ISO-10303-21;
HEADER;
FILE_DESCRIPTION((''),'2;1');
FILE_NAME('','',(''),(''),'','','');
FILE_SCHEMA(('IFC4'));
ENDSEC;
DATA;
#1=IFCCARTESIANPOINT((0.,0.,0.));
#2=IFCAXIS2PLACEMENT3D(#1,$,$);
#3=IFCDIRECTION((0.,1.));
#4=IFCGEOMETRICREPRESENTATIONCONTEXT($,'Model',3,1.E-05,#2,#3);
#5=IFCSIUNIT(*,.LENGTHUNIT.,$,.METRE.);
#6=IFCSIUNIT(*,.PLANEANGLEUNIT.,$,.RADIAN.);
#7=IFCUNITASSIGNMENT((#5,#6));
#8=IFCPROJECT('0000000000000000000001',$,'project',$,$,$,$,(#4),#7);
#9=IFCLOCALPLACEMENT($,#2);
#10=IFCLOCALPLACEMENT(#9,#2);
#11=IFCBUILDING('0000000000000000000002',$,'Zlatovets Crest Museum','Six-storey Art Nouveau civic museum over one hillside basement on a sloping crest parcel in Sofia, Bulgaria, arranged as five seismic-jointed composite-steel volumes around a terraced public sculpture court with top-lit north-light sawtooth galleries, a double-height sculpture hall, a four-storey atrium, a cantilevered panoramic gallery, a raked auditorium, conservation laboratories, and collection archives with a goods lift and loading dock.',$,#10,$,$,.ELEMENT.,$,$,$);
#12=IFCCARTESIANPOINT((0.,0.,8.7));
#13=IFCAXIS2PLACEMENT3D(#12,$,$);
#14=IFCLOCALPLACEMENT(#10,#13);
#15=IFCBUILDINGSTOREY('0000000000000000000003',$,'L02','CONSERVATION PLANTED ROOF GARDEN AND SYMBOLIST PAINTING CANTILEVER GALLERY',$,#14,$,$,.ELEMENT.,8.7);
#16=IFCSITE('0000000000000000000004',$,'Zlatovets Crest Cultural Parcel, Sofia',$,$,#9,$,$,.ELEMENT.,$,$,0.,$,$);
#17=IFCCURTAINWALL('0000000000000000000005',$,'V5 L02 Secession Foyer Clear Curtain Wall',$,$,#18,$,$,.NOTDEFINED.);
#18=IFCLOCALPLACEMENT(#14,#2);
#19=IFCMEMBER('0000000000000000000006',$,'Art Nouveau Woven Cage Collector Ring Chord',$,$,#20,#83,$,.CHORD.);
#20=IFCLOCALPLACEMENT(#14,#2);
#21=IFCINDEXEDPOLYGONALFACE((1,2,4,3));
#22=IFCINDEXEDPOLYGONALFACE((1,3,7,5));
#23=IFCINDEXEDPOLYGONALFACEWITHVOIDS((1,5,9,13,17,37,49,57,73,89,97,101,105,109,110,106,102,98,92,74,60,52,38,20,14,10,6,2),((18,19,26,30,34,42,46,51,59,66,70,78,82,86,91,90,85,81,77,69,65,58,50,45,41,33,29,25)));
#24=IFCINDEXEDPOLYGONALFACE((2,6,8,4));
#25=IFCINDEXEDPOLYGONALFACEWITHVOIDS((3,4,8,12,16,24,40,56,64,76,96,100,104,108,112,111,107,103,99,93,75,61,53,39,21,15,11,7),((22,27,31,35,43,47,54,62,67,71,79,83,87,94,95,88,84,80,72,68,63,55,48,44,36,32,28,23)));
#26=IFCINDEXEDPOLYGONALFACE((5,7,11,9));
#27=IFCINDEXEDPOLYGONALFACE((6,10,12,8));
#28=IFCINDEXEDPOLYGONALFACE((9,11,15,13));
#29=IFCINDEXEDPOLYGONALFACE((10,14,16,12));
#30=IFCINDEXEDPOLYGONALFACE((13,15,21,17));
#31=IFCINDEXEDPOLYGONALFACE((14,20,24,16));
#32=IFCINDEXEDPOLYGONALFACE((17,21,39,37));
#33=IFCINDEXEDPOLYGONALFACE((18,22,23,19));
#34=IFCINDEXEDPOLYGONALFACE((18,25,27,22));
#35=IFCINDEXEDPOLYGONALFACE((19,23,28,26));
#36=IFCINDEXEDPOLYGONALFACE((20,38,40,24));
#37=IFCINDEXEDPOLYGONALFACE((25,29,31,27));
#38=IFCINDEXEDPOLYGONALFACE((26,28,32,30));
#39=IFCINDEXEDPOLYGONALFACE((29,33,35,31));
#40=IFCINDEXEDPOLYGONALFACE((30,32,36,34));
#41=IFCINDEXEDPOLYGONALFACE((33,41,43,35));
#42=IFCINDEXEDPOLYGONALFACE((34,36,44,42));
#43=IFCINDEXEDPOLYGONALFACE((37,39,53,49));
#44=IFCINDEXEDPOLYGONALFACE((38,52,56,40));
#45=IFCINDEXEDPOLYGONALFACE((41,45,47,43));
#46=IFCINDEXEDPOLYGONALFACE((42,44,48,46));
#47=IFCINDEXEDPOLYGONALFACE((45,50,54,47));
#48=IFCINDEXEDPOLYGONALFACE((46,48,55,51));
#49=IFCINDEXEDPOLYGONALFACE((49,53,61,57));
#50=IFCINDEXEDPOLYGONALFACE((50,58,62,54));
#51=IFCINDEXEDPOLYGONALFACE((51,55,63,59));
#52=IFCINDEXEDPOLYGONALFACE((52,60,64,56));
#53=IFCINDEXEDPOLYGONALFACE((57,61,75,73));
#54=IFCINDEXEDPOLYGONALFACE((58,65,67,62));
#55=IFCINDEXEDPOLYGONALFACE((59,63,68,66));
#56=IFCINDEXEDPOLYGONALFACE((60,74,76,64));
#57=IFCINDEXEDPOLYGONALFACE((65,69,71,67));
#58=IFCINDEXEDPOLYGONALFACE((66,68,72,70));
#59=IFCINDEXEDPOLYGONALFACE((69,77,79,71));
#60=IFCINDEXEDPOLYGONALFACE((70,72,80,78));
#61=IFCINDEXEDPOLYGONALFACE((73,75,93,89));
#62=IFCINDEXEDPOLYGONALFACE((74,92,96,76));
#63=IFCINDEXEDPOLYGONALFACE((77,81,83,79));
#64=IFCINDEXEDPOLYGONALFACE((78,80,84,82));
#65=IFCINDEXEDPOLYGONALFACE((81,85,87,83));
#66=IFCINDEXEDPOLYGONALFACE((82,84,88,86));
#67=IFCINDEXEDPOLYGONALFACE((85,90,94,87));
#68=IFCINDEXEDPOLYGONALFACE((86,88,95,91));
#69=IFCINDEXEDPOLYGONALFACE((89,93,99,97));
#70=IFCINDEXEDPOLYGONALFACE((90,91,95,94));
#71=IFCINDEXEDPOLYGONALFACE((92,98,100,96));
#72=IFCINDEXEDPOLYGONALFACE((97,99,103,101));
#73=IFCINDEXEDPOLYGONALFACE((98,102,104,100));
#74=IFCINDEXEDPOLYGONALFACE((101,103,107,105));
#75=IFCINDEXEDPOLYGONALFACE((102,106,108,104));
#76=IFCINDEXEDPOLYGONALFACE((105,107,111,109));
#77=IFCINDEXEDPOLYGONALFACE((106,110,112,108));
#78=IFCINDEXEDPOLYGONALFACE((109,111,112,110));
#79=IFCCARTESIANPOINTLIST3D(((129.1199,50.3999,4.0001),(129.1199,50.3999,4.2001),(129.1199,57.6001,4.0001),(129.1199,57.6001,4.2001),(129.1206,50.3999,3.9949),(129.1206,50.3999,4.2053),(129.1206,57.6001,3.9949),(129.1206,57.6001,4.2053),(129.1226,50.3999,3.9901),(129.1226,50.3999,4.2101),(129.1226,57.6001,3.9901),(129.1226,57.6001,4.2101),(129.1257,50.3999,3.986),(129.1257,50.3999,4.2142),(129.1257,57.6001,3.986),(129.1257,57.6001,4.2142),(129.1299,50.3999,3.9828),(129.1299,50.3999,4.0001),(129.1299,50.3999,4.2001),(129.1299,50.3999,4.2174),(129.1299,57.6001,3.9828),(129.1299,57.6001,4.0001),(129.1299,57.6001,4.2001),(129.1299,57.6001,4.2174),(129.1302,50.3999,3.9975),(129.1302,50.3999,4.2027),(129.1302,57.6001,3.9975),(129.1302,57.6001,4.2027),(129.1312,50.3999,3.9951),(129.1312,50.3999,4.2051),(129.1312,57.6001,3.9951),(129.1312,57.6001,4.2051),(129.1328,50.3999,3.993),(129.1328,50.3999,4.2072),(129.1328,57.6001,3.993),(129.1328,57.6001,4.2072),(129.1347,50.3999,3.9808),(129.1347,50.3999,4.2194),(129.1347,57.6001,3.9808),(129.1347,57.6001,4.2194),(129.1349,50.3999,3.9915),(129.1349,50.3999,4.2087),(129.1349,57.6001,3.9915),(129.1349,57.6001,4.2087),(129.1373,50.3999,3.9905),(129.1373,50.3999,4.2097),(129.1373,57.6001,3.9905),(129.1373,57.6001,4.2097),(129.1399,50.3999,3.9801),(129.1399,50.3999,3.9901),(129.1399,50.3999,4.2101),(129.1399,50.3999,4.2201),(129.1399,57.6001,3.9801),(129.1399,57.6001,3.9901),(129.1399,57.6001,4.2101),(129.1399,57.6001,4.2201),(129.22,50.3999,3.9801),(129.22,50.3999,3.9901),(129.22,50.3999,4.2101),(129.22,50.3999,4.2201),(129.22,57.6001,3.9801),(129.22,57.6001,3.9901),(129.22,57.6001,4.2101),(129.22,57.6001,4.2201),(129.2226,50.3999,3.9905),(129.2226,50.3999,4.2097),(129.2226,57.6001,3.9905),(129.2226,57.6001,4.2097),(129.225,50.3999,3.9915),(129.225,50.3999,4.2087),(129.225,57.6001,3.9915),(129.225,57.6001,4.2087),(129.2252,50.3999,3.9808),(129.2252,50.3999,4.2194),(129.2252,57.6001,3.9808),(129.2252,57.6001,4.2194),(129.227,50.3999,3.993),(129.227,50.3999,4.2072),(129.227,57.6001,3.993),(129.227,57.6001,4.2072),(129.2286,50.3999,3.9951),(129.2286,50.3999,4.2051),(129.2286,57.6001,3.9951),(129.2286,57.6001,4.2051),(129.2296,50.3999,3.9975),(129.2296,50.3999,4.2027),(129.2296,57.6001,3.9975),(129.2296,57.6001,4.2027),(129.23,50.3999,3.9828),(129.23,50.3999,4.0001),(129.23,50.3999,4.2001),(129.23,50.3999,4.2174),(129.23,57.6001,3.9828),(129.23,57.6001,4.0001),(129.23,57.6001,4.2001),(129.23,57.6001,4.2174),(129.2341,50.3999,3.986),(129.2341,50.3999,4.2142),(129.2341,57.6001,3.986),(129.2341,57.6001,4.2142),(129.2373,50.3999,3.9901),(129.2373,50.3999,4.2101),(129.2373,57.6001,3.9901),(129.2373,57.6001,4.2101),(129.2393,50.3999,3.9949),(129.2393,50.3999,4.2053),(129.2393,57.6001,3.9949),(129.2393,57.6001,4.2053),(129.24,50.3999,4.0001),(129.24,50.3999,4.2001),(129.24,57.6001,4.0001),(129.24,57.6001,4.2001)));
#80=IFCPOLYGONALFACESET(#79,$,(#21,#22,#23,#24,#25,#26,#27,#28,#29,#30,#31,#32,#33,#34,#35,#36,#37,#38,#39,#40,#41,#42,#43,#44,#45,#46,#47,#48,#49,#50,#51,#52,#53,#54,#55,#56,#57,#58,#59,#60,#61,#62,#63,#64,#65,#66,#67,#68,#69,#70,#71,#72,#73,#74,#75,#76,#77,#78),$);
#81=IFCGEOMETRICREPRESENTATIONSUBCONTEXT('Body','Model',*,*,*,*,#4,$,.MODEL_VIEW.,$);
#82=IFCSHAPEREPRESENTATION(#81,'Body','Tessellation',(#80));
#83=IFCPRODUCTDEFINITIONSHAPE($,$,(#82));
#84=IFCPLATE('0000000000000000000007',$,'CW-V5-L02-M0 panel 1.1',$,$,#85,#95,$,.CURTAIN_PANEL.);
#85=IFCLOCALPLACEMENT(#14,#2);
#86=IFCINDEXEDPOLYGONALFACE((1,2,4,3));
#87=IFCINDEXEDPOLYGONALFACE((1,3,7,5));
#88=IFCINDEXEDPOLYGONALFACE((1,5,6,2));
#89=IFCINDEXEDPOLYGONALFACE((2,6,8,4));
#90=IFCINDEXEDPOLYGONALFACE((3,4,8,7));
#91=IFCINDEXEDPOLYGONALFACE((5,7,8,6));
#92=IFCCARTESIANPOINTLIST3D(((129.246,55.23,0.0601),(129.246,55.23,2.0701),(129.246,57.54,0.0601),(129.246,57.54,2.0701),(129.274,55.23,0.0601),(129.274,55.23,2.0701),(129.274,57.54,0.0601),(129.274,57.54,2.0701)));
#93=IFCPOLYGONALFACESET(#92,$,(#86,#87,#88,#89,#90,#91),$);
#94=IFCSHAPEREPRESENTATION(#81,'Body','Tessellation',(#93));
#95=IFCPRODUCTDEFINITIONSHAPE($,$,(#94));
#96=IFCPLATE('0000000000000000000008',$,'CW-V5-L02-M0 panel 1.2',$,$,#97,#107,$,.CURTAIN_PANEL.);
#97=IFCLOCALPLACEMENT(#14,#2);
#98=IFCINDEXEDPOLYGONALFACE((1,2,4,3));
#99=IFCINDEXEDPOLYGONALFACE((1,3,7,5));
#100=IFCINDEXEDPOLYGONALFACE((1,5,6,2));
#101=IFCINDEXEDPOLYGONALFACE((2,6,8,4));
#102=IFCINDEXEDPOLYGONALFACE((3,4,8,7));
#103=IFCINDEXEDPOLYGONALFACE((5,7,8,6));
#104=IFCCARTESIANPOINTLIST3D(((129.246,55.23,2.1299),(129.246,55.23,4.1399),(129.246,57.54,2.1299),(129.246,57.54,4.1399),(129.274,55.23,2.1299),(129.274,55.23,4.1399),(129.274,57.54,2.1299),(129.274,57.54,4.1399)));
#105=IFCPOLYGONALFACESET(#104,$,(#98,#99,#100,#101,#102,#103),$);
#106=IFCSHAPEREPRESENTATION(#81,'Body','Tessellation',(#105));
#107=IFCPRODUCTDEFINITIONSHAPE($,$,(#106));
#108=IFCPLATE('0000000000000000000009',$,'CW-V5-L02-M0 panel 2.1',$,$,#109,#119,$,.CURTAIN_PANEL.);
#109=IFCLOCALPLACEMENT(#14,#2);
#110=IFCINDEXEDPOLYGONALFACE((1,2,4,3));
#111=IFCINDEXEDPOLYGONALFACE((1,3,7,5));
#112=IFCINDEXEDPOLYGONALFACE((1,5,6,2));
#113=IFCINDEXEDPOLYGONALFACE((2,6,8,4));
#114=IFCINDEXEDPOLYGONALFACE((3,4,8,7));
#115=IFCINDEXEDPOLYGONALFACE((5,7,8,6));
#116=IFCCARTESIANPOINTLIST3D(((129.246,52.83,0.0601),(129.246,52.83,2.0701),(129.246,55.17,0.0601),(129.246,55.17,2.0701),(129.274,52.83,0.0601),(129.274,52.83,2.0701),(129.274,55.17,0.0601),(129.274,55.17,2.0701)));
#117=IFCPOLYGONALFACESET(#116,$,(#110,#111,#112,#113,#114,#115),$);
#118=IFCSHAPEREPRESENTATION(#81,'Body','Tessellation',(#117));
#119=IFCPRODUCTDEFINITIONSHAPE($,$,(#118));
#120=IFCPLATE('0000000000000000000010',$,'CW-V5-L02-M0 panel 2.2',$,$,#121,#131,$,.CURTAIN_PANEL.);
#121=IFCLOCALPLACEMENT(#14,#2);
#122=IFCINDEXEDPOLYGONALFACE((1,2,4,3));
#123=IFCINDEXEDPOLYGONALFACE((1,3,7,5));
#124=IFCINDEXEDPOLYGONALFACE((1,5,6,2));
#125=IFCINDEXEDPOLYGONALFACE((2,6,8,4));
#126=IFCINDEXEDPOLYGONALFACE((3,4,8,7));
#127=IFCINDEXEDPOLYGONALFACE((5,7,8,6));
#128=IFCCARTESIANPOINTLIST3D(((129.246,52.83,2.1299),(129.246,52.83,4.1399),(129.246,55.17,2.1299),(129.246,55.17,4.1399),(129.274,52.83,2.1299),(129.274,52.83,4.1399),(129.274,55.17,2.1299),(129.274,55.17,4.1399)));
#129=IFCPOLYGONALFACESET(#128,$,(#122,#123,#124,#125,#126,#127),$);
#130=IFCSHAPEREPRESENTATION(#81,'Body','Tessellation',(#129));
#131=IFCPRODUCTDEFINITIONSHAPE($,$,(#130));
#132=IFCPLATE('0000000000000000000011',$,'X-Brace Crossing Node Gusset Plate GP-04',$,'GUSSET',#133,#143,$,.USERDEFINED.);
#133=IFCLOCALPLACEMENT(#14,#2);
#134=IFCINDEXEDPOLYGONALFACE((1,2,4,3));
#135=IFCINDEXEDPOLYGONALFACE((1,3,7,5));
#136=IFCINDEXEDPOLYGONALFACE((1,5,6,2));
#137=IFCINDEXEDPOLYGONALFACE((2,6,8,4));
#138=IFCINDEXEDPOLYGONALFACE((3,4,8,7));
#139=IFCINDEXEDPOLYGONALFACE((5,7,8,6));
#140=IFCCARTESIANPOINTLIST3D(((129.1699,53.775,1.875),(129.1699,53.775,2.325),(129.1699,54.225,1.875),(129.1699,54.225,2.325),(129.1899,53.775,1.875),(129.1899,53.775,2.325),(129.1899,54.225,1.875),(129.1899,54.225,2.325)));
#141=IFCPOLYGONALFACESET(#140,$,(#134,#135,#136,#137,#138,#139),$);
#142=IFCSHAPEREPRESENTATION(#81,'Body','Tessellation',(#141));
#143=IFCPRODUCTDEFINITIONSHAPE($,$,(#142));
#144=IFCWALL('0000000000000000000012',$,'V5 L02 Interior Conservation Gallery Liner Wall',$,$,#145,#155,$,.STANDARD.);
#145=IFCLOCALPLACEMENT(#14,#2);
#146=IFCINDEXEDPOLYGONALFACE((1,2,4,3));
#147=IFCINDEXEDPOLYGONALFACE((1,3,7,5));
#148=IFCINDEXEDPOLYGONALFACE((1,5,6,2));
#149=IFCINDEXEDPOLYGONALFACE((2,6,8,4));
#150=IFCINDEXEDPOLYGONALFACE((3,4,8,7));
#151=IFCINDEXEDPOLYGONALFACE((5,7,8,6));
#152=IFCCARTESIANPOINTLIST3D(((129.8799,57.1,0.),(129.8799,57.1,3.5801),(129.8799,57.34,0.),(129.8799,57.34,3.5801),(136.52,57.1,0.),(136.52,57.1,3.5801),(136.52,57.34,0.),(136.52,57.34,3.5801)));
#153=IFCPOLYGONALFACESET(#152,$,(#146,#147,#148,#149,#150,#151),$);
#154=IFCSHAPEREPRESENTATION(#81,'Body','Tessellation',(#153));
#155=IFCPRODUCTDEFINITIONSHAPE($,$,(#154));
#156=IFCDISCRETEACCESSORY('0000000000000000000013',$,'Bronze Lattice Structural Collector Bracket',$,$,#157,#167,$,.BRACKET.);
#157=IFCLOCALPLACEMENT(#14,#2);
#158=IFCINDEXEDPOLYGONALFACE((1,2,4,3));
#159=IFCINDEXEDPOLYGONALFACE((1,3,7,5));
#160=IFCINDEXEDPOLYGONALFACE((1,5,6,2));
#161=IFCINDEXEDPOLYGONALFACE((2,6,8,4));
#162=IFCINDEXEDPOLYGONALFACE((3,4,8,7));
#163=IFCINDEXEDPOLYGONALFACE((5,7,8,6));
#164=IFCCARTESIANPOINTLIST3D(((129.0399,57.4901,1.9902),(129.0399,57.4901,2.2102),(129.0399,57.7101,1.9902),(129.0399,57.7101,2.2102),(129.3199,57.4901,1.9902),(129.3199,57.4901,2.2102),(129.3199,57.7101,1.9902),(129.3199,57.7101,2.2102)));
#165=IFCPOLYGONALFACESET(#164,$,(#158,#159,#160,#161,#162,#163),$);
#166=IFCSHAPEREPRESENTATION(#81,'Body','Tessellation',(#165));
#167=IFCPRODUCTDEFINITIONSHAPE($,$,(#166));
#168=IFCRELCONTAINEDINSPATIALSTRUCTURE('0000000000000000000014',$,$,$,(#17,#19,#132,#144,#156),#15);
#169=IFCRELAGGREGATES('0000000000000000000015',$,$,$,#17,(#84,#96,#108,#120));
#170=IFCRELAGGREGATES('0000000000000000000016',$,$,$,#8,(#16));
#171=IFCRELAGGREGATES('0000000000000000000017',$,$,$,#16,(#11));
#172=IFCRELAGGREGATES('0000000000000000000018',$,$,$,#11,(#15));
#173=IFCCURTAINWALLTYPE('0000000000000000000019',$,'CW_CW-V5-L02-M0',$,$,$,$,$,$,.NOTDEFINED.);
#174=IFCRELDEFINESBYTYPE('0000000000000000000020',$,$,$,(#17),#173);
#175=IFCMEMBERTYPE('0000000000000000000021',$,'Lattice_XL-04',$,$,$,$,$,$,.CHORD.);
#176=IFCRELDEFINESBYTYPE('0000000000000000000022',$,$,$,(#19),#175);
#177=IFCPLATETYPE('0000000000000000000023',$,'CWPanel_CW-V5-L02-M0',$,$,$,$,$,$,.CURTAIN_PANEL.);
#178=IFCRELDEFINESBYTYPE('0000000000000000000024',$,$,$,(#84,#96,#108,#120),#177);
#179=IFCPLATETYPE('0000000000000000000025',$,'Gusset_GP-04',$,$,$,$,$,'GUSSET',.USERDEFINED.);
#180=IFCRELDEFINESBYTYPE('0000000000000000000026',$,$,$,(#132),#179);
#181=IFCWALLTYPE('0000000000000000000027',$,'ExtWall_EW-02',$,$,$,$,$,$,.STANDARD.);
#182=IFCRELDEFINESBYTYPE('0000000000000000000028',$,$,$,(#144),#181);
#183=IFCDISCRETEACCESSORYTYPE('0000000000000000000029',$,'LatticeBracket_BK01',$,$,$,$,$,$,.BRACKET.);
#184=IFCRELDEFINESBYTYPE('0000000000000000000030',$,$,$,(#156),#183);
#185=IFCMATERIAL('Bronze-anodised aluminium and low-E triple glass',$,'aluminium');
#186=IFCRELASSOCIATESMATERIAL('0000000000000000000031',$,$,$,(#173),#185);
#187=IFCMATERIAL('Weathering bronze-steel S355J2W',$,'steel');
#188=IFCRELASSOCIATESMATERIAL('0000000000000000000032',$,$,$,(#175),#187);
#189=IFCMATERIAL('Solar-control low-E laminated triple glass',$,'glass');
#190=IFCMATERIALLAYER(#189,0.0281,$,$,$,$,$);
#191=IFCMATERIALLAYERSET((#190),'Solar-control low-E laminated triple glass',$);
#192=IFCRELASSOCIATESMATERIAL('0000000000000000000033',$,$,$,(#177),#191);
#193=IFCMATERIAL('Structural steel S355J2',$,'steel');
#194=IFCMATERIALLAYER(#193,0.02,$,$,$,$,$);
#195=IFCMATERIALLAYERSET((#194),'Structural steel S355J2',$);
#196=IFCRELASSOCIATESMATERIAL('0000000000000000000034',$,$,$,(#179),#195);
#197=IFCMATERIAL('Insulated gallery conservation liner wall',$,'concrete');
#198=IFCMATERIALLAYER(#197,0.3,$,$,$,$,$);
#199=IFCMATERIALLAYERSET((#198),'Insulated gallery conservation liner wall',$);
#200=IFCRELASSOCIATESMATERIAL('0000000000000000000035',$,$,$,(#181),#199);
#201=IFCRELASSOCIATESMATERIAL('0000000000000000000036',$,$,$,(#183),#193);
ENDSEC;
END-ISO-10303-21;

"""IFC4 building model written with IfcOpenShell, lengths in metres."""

from ifc_helpers import new_model, si_unit, direction, frame, frame_2d, origin, origin_2d, place, context, subcontext, project, spatial, rectangle, hollow_rectangle, extrude, material, layer, layer_set, material_profile, profile_set, type_object, element, aggregate, save


model = new_model("IFC4")

# Units and contexts
model_context = context("Model", 3, precision=1e-05, world=origin(), true_north=direction((0.0, 1.0)))
body_context = subcontext(model_context, "Body", "Model", "MODEL_VIEW")
ifc_project = project(units=[si_unit("LENGTHUNIT", "METRE"), si_unit("PLANEANGLEUNIT", "RADIAN")], contexts=[model_context])

# Site, building, storey
site_placement = place(None, origin())
site = spatial("IfcSite", under=ifc_project, at=site_placement, Name="Zlatovets Crest Cultural Parcel, Sofia", CompositionType="ELEMENT", RefElevation=0.0)
building_placement = place(site_placement, origin())
building = spatial("IfcBuilding", under=site, at=building_placement, Name="Zlatovets Crest Museum", Description="Six-storey Art Nouveau civic museum over one hillside basement on a sloping crest parcel in Sofia, Bulgaria, arranged as five seismic-jointed composite-steel volumes around a terraced public sculpture court with top-lit north-light sawtooth galleries, a double-height sculpture hall, a four-storey atrium, a cantilevered panoramic gallery, a raked auditorium, conservation laboratories, and collection archives with a goods lift and loading dock.", CompositionType="ELEMENT")
storey_placement = place(building_placement, frame((0.0, 0.0, 8.7)))
storey = spatial("IfcBuildingStorey", under=building, at=storey_placement, Name="L02", Description="CONSERVATION PLANTED ROOF GARDEN AND SYMBOLIST PAINTING CANTILEVER GALLERY", CompositionType="ELEMENT", Elevation=8.7)

# Shared definitions
ifc_material_1 = material(Name="Structural steel S355J2", Category="steel")

# Curtain wall
ifc_material_2 = material(Name="Bronze-anodised aluminium and low-E triple glass", Category="aluminium")
curtain_wall_type = type_object("IfcCurtainWallType", Name="CW_CW-V5-L02-M0", PredefinedType="NOTDEFINED", material=ifc_material_2)
curtain_wall_placement = place(storey_placement, origin())
curtain_wall = element("IfcCurtainWall", 1, at=curtain_wall_placement, inside=storey, type_object=curtain_wall_type, Name="V5 L02 Secession Foyer Clear Curtain Wall", PredefinedType="NOTDEFINED")

# Member
ifc_material_3 = material(Name="Weathering bronze-steel S355J2W", Category="steel")
ifc_material_profile_1 = material_profile(ifc_material_3, hollow_rectangle(XDim=0.1201, YDim=0.24, WallThickness=0.01, InnerFilletRadius=0.01, OuterFilletRadius=0.02, at=origin_2d()), Name="RHS 120x240x10.0")
ifc_profile_set_1 = profile_set([ifc_material_profile_1], Name="Weathering bronze-steel S355J2W")
member_type_1 = type_object("IfcMemberType", Name="Lattice_XL-04", PredefinedType="CHORD", material=ifc_profile_set_1)
member_1_placement = place(storey_placement, frame((129.1799, 57.6001, 4.1001), z_axis=(0.0, -1.0, 0.0), x_axis=(1.0, 0.0, 0.0)))
element("IfcMember", 2, at=member_1_placement, inside=storey, type_object=member_type_1, Name="Art Nouveau Woven Cage Collector Ring Chord", PredefinedType="CHORD", context=body_context, shape_type="SweptSolid", body=[
    extrude(hollow_rectangle(XDim=0.1201, YDim=0.24, WallThickness=0.01, InnerFilletRadius=0.01, OuterFilletRadius=0.02, at=origin_2d()), origin(), (0.0, 0.0, 1.0), 7.2002),
])

# Plates
ifc_material_4 = material(Name="Solar-control low-E laminated triple glass", Category="glass")
ifc_layer_1 = layer(ifc_material_4, 0.0281)
ifc_layer_set_1 = layer_set([ifc_layer_1], Name="Solar-control low-E laminated triple glass")
plate_type_1 = type_object("IfcPlateType", Name="CWPanel_CW-V5-L02-M0", PredefinedType="CURTAIN_PANEL", material=ifc_layer_set_1)
plate_1_placement = place(storey_placement, frame((129.26, 56.385, 0.0601), z_axis=(0.0, 0.0, 1.0), x_axis=(0.0, -1.0, 0.0)))
plate_1 = element("IfcPlate", 3, at=plate_1_placement, type_object=plate_type_1, Name="CW-V5-L02-M0 panel 1.1", PredefinedType="CURTAIN_PANEL", context=body_context, shape_type="SweptSolid", body=[
    extrude(rectangle(XDim=2.3101, YDim=0.0281, at=origin_2d()), origin(), (0.0, 0.0, 1.0), 2.01),
])
plate_2_placement = place(storey_placement, frame((129.26, 56.385, 2.1299), z_axis=(0.0, 0.0, 1.0), x_axis=(0.0, -1.0, 0.0)))
plate_2 = element("IfcPlate", 4, at=plate_2_placement, type_object=plate_type_1, Name="CW-V5-L02-M0 panel 1.2", PredefinedType="CURTAIN_PANEL", context=body_context, shape_type="SweptSolid", body=[
    extrude(rectangle(XDim=2.3101, YDim=0.0281, at=origin_2d()), origin(), (0.0, 0.0, 1.0), 2.01),
])
plate_3_placement = place(storey_placement, frame((129.26, 54.0, 0.0601), z_axis=(0.0, 0.0, 1.0), x_axis=(0.0, -1.0, 0.0)))
plate_3 = element("IfcPlate", 5, at=plate_3_placement, type_object=plate_type_1, Name="CW-V5-L02-M0 panel 2.1", PredefinedType="CURTAIN_PANEL", context=body_context, shape_type="SweptSolid", body=[
    extrude(rectangle(XDim=2.3401, YDim=0.0281, at=origin_2d()), origin(), (0.0, 0.0, 1.0), 2.01),
])
plate_4_placement = place(storey_placement, frame((129.26, 54.0, 2.1299), z_axis=(0.0, 0.0, 1.0), x_axis=(0.0, -1.0, 0.0)))
plate_4 = element("IfcPlate", 6, at=plate_4_placement, type_object=plate_type_1, Name="CW-V5-L02-M0 panel 2.2", PredefinedType="CURTAIN_PANEL", context=body_context, shape_type="SweptSolid", body=[
    extrude(rectangle(XDim=2.3401, YDim=0.0281, at=origin_2d()), origin(), (0.0, 0.0, 1.0), 2.01),
])
aggregate(curtain_wall, [plate_1, plate_2, plate_3, plate_4])
ifc_layer_2 = layer(ifc_material_1, 0.02)
ifc_layer_set_2 = layer_set([ifc_layer_2], Name="Structural steel S355J2")
plate_type_2 = type_object("IfcPlateType", Name="Gusset_GP-04", ElementType="GUSSET", PredefinedType="USERDEFINED", material=ifc_layer_set_2)
plate_5_placement = place(storey_placement, frame((129.1799, 54.0, 1.875), z_axis=(0.0, 0.0, 1.0), x_axis=(1.0, 0.0, 0.0)))
element("IfcPlate", 7, at=plate_5_placement, inside=storey, type_object=plate_type_2, Name="X-Brace Crossing Node Gusset Plate GP-04", ObjectType="GUSSET", PredefinedType="USERDEFINED", context=body_context, shape_type="SweptSolid", body=[
    extrude(rectangle(XDim=0.02, YDim=0.45, at=origin_2d()), origin(), (0.0, 0.0, 1.0), 0.45),
])

# Wall
ifc_material_5 = material(Name="Insulated gallery conservation liner wall", Category="concrete")
ifc_layer_3 = layer(ifc_material_5, 0.3)
ifc_layer_set_3 = layer_set([ifc_layer_3], Name="Insulated gallery conservation liner wall")
wall_type = type_object("IfcWallType", Name="ExtWall_EW-02", PredefinedType="STANDARD", material=ifc_layer_set_3)
wall_placement = place(storey_placement, frame((136.52, 57.22, 0.0), z_axis=(0.0, 0.0, 1.0), x_axis=(-1.0, 0.0, 0.0)))
element("IfcWall", 8, at=wall_placement, inside=storey, type_object=wall_type, Name="V5 L02 Interior Conservation Gallery Liner Wall", PredefinedType="STANDARD", context=body_context, shape_type="SweptSolid", body=[
    extrude(rectangle(XDim=6.6401, YDim=0.24, at=frame_2d((3.3201, 0.0))), origin(), (0.0, 0.0, 1.0), 3.5801),
])

# Discrete accessory
discrete_accessory_type = type_object("IfcDiscreteAccessoryType", Name="LatticeBracket_BK01", PredefinedType="BRACKET", material=ifc_material_1)
discrete_accessory_placement = place(storey_placement, frame((129.1799, 57.6001, 1.9902), z_axis=(0.0, 0.0, 1.0), x_axis=(1.0, 0.0, 0.0)))
element("IfcDiscreteAccessory", 9, at=discrete_accessory_placement, inside=storey, type_object=discrete_accessory_type, Name="Bronze Lattice Structural Collector Bracket", PredefinedType="BRACKET", context=body_context, shape_type="SweptSolid", body=[
    extrude(rectangle(XDim=0.28, YDim=0.22, at=origin_2d()), origin(), (0.0, 0.0, 1.0), 0.22),
])

save(model, "model.ifc")
